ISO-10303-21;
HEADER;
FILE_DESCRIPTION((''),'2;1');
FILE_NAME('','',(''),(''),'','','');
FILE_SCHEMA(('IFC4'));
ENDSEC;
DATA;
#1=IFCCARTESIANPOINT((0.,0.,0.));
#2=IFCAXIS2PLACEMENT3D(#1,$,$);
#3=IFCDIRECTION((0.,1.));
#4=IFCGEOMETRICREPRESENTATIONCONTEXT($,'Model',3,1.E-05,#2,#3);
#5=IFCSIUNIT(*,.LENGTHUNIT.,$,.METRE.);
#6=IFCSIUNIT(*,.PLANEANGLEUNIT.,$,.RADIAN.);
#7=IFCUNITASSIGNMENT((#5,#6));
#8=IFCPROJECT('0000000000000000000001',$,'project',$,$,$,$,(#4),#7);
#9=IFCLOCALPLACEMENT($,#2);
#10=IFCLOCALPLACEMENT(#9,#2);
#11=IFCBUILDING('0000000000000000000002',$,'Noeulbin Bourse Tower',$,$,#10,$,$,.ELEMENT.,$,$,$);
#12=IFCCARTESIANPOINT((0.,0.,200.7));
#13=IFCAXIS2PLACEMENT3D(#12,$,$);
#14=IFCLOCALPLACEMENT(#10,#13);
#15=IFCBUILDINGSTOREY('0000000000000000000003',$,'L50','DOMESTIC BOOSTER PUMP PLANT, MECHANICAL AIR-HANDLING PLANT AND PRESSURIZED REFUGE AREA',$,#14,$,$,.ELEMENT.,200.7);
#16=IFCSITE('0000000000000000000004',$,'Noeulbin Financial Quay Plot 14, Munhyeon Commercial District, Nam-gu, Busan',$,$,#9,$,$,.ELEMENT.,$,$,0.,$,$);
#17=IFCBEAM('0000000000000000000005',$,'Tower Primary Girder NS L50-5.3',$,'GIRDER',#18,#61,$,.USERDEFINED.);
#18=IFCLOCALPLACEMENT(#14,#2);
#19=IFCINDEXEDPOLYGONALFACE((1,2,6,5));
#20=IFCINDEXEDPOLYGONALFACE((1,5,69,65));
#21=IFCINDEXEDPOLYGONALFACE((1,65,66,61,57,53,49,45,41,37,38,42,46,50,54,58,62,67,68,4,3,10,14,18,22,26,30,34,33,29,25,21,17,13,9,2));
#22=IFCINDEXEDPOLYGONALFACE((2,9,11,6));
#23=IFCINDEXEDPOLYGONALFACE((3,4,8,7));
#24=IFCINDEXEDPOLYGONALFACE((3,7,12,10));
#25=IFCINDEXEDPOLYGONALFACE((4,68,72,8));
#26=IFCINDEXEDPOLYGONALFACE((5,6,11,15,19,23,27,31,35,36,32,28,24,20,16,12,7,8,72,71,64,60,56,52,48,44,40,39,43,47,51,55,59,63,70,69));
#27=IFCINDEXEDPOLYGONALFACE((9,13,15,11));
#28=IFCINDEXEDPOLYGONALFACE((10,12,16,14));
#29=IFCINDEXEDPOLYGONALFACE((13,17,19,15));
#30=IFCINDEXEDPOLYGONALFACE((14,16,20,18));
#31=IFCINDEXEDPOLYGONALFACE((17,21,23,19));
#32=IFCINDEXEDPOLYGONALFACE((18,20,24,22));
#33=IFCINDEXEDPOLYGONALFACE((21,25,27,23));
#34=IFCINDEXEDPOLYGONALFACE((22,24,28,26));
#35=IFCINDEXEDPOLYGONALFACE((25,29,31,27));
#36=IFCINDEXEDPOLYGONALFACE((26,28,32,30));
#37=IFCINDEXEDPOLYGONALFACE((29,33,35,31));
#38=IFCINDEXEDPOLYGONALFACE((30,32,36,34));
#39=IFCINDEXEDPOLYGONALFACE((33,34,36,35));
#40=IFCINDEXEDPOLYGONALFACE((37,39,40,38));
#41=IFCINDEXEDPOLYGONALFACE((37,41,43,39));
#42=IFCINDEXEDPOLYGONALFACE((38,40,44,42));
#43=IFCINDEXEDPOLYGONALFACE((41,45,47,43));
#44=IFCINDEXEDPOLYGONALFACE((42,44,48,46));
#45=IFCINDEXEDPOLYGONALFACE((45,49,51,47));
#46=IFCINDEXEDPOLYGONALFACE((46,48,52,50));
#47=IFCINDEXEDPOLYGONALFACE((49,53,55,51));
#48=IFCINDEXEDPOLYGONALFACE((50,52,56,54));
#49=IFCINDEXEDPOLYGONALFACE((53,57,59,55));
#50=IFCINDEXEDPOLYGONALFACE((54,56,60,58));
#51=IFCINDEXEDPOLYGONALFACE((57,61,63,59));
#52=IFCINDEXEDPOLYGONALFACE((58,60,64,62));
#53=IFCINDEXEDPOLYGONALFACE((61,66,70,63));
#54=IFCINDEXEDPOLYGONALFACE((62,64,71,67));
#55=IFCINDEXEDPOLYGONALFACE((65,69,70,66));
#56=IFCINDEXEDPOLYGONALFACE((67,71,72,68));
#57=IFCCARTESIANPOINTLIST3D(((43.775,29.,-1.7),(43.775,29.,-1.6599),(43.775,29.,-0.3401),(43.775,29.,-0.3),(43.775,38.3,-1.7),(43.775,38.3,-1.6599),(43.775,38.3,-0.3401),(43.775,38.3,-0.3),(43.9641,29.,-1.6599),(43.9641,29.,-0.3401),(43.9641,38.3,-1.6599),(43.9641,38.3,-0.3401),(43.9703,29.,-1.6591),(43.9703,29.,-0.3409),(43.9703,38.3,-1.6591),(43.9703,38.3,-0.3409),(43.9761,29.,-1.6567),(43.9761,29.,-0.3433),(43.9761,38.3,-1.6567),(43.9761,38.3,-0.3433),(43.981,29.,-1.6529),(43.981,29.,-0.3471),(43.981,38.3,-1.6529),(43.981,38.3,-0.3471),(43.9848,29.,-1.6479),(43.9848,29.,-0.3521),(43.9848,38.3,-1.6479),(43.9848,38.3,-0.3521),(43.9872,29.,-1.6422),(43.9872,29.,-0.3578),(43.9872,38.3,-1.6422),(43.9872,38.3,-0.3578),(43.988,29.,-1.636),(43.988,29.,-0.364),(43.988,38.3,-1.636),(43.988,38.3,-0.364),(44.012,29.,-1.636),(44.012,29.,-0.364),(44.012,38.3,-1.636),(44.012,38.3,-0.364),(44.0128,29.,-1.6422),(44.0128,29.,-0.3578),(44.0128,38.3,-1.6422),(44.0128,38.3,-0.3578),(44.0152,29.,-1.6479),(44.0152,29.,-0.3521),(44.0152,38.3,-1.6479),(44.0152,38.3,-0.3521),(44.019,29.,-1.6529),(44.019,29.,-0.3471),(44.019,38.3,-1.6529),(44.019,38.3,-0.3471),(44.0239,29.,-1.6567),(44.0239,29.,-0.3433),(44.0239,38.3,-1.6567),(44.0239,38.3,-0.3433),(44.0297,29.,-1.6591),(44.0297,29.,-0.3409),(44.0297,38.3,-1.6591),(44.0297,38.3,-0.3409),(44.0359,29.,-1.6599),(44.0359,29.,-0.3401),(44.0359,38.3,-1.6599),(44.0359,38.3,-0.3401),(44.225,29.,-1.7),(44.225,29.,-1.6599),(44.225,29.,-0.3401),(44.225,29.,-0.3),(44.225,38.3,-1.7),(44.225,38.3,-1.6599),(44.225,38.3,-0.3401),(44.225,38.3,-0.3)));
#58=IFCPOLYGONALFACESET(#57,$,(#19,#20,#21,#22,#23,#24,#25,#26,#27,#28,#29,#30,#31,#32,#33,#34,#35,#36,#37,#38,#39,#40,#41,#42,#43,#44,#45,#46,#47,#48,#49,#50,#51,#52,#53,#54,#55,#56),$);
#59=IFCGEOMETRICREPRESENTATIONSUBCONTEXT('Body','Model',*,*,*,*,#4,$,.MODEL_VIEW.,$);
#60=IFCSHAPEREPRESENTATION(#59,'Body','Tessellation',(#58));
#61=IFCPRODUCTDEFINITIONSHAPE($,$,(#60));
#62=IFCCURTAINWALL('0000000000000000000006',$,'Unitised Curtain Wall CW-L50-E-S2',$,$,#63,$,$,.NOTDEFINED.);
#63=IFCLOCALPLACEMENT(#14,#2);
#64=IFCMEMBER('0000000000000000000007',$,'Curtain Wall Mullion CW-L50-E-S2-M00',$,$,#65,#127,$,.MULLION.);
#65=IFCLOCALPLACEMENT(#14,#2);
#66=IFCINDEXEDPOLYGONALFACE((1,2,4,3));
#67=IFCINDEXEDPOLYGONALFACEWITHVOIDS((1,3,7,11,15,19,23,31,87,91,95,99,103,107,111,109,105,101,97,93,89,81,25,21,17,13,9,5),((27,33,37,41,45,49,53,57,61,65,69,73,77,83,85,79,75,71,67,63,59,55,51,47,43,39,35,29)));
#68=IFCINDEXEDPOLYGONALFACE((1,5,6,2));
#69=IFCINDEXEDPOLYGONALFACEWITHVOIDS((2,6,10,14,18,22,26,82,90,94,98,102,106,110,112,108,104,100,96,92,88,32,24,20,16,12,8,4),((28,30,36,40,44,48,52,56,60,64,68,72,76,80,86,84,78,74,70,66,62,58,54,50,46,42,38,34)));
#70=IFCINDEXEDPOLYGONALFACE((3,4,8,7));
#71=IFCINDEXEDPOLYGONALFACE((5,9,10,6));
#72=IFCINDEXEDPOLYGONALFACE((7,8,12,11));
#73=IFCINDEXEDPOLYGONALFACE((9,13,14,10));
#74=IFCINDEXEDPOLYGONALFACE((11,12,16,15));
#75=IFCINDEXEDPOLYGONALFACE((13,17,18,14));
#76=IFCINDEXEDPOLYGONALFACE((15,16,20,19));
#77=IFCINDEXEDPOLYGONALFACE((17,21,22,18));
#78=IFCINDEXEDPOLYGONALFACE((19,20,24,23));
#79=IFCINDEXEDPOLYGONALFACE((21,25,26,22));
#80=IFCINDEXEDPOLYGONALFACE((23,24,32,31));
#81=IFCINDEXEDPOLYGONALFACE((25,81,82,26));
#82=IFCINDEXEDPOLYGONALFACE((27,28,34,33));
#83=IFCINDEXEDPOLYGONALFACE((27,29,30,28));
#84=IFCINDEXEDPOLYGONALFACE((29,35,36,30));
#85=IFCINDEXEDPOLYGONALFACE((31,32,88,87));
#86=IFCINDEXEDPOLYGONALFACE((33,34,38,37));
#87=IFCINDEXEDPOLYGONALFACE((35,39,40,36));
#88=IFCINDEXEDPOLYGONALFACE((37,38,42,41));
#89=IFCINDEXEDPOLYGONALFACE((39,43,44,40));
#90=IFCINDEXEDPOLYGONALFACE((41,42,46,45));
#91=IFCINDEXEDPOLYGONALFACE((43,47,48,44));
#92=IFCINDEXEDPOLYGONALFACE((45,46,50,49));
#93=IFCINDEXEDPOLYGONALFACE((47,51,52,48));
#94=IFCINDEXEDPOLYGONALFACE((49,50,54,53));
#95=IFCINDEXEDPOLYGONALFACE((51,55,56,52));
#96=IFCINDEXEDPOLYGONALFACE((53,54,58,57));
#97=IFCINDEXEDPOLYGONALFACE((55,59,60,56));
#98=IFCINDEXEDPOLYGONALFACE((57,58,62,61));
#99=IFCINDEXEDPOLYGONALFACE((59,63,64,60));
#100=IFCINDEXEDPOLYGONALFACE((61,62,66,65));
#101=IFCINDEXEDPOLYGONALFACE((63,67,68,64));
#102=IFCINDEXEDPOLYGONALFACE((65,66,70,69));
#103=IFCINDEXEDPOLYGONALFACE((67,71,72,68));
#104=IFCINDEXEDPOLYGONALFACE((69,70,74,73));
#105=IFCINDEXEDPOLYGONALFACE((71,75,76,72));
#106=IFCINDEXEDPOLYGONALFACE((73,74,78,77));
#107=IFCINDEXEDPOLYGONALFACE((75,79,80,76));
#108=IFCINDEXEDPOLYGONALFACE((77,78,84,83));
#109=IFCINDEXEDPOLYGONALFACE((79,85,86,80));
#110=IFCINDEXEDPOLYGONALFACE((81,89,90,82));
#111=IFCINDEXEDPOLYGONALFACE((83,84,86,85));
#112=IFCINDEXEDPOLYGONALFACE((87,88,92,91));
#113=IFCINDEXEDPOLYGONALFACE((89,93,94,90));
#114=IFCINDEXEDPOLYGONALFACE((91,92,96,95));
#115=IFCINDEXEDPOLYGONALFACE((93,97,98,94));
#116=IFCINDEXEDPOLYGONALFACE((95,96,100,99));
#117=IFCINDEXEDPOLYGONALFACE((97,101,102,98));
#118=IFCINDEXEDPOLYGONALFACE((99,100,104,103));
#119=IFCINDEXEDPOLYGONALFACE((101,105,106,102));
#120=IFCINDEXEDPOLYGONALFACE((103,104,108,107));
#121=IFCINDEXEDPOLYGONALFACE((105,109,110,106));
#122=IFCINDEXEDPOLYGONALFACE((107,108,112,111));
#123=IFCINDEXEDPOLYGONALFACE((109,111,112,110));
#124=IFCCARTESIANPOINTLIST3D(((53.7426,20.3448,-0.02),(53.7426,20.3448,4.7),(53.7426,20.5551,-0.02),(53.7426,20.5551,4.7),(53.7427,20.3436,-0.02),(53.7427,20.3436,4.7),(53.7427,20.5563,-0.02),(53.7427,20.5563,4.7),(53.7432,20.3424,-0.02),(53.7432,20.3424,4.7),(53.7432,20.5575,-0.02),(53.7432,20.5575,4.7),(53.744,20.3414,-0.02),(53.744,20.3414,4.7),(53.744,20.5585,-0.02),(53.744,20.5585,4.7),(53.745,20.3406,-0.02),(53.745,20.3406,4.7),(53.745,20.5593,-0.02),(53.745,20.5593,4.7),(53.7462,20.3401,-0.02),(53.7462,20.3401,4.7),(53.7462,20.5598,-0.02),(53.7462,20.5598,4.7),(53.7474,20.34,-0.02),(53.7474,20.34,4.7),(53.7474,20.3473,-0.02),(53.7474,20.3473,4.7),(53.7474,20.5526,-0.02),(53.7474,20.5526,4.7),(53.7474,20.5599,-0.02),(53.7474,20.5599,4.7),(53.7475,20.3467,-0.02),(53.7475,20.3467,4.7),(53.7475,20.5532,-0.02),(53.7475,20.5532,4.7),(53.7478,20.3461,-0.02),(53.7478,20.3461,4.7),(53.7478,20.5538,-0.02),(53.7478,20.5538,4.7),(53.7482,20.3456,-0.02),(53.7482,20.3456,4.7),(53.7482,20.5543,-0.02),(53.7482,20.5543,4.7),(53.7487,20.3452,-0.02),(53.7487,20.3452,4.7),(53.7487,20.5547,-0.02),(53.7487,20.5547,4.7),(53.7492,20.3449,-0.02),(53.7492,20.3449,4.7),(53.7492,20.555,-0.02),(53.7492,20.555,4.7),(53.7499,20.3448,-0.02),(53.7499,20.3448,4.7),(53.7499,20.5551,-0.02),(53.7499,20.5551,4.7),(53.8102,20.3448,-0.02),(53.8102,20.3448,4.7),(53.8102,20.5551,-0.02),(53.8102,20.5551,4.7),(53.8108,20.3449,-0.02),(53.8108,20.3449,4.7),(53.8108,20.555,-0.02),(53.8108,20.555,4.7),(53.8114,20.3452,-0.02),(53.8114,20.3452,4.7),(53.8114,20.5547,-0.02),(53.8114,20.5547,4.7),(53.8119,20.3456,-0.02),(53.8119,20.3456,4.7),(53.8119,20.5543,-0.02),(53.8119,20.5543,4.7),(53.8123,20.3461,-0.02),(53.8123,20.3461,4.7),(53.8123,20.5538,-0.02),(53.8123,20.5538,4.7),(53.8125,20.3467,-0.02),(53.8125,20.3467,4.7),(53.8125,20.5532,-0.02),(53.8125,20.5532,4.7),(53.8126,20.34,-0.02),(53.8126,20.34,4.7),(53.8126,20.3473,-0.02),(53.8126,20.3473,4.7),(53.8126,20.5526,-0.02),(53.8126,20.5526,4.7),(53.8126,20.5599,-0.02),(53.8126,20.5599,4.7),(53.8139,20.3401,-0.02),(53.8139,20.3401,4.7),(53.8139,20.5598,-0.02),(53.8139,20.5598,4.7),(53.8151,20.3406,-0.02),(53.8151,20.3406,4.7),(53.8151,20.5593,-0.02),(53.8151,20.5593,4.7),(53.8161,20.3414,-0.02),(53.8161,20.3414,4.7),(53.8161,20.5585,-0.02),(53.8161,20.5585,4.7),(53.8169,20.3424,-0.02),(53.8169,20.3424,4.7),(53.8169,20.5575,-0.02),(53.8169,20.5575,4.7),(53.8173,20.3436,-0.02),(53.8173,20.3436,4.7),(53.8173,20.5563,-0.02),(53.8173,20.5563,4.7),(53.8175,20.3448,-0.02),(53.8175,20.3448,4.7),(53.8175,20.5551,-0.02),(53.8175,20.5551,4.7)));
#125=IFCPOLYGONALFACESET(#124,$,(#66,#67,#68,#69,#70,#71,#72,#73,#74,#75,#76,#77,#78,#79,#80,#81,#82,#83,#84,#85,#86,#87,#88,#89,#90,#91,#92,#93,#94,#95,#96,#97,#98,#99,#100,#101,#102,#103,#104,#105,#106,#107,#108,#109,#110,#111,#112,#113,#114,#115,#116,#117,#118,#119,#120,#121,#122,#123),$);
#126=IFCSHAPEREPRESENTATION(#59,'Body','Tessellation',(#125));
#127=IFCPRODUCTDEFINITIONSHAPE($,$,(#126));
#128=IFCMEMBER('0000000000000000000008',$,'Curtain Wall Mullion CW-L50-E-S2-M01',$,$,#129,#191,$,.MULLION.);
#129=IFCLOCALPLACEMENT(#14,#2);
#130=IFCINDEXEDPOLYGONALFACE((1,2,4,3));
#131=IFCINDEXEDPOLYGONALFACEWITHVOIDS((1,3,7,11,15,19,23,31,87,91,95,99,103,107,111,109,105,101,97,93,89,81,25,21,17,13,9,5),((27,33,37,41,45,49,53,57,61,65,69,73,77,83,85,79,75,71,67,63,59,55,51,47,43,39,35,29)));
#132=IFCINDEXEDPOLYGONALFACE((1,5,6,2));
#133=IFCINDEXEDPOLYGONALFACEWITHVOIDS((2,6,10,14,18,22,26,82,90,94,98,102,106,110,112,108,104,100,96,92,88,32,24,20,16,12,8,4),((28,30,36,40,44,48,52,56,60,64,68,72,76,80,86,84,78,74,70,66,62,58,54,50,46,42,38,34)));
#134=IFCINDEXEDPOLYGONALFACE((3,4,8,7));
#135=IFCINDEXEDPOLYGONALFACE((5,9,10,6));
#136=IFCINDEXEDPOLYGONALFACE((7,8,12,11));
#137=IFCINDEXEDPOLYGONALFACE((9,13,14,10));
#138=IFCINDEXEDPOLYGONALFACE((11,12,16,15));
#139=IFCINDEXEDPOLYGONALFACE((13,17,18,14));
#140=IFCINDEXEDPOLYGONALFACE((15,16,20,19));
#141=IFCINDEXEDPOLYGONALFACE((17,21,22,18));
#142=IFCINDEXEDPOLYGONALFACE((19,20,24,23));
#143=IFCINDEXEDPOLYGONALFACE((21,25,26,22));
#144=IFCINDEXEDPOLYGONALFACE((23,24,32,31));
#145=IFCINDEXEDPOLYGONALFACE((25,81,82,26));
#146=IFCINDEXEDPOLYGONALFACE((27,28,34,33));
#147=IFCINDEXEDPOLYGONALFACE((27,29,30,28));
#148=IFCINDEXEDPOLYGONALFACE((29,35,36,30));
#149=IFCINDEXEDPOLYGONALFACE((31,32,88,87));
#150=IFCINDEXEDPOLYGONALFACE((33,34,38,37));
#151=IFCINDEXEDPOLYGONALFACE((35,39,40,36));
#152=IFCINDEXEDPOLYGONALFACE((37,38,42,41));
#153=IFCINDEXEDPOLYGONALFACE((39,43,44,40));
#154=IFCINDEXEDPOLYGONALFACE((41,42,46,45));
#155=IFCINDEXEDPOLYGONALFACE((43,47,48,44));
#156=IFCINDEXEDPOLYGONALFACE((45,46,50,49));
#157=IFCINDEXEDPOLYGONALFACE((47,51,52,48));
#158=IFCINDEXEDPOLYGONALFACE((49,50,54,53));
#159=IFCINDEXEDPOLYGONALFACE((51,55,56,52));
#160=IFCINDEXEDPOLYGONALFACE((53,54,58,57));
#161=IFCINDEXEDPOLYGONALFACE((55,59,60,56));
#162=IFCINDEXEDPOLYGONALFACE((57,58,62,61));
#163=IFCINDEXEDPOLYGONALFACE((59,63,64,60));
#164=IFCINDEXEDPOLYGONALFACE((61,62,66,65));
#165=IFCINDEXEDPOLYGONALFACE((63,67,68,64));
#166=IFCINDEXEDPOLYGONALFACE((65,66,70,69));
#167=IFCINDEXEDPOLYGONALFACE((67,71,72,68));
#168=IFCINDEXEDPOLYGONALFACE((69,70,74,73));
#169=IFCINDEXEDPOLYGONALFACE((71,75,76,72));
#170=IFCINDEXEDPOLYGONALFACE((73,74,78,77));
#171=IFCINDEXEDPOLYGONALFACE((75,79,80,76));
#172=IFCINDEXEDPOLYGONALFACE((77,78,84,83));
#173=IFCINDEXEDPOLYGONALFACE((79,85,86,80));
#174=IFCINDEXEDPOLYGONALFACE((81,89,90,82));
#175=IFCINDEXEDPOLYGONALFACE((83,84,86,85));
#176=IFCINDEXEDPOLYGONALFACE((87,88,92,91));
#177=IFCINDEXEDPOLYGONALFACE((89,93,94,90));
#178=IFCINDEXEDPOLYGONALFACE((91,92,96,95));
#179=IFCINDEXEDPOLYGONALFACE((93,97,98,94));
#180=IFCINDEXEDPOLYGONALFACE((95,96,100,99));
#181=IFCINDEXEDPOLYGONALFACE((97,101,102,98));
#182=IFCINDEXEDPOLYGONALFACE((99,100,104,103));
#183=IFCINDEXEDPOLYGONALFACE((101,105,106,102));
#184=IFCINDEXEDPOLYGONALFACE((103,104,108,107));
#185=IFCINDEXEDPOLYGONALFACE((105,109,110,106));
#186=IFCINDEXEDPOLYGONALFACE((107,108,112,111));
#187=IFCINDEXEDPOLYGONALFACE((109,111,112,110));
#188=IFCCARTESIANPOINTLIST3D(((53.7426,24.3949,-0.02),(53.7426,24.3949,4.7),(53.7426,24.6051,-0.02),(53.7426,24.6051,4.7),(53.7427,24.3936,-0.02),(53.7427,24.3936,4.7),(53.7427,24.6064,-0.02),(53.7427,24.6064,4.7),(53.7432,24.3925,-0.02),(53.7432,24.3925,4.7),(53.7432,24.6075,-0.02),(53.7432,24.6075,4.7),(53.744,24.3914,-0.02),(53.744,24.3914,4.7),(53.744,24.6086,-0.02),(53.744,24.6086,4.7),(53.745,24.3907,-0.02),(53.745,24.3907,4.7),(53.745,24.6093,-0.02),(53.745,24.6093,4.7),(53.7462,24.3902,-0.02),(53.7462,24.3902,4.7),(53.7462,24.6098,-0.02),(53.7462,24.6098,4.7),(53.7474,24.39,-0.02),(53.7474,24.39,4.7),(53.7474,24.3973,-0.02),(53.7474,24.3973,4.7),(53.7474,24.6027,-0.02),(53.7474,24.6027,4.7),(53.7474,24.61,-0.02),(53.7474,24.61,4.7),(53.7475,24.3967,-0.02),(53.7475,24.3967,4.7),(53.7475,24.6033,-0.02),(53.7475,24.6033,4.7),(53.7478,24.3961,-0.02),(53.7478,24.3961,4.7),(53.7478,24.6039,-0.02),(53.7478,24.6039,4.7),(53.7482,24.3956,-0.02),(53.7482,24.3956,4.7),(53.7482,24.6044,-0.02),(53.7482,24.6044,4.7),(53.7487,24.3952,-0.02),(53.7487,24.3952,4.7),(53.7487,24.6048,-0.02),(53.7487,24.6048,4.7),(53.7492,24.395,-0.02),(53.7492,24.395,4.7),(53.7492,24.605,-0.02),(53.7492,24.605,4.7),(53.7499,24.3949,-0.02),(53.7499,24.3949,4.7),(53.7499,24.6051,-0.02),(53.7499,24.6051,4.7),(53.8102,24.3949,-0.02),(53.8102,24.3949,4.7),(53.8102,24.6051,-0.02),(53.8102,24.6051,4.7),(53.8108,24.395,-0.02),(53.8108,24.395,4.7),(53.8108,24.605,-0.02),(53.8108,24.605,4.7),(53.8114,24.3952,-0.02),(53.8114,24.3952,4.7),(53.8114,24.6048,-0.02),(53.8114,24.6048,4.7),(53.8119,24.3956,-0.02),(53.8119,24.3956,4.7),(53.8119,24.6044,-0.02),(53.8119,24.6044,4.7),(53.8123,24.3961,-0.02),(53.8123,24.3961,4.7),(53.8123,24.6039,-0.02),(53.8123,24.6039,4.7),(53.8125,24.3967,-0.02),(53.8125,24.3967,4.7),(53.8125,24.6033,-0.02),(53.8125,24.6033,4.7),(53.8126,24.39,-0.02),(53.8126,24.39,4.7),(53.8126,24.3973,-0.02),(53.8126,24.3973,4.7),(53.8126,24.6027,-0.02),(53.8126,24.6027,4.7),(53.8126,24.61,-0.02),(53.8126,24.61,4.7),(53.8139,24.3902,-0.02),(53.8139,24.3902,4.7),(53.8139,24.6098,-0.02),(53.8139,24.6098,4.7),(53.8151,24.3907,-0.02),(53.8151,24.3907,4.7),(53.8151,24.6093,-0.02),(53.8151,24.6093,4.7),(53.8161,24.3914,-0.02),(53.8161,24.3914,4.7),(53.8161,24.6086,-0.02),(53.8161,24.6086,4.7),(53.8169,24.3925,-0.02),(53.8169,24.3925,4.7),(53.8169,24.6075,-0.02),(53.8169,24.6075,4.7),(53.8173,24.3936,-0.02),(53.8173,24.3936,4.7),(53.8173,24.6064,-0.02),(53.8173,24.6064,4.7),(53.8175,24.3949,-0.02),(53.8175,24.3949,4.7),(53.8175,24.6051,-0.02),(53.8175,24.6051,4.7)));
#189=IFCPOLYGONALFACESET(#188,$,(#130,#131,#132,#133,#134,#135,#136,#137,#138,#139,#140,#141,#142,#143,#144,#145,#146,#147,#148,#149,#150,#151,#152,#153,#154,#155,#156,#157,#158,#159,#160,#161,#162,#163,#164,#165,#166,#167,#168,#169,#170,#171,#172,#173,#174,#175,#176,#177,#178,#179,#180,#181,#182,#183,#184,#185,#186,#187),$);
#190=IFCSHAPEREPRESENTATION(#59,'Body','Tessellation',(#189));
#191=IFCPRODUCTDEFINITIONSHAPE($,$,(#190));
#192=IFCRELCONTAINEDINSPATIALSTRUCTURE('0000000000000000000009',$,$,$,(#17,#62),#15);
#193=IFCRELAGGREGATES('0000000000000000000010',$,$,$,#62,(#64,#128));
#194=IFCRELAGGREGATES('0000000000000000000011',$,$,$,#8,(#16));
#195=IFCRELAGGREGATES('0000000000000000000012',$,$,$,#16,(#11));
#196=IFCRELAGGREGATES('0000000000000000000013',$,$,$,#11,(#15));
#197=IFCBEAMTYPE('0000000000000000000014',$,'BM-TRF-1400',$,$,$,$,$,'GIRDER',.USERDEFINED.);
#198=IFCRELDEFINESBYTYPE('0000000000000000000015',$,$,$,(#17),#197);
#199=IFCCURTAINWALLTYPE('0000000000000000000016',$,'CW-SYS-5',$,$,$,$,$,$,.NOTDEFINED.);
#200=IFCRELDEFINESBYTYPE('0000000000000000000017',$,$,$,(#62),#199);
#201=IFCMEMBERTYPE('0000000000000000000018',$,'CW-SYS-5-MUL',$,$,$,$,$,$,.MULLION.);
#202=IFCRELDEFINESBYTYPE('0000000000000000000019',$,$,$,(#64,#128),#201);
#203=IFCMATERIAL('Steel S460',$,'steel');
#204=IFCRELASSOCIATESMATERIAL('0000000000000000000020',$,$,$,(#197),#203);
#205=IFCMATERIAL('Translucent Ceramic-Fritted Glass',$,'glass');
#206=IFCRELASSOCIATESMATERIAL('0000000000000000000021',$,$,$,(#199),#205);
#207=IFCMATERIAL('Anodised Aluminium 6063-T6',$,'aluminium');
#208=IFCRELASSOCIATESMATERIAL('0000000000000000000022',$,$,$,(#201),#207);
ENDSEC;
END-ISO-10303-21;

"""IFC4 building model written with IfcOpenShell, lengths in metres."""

from ifc_helpers import new_model, si_unit, direction, frame, origin, origin_2d, place, context, subcontext, project, spatial, hollow_rectangle, i_section, extrude, material, material_profile, profile_set, type_object, element, aggregate, save


model = new_model("IFC4")

# Units and contexts
model_context = context("Model", 3, precision=1e-05, world=origin(), true_north=direction((0.0, 1.0)))
body_context = subcontext(model_context, "Body", "Model", "MODEL_VIEW")
ifc_project = project(units=[si_unit("LENGTHUNIT", "METRE"), si_unit("PLANEANGLEUNIT", "RADIAN")], contexts=[model_context])

# Site, building, storey
site_placement = place(None, origin())
site = spatial("IfcSite", under=ifc_project, at=site_placement, Name="Noeulbin Financial Quay Plot 14, Munhyeon Commercial District, Nam-gu, Busan", CompositionType="ELEMENT", RefElevation=0.0)
building_placement = place(site_placement, origin())
building = spatial("IfcBuilding", under=site, at=building_placement, Name="Noeulbin Bourse Tower", CompositionType="ELEMENT")
storey_placement = place(building_placement, frame((0.0, 0.0, 200.7)))
storey = spatial("IfcBuildingStorey", under=building, at=storey_placement, Name="L50", Description="DOMESTIC BOOSTER PUMP PLANT, MECHANICAL AIR-HANDLING PLANT AND PRESSURIZED REFUGE AREA", CompositionType="ELEMENT", Elevation=200.7)

# Shared definitions
ifc_material_1 = material(Name="Steel S460", Category="steel")

# Beam
ifc_material_profile_1 = material_profile(ifc_material_1, i_section(OverallWidth=0.45, OverallDepth=1.3999, WebThickness=0.0239, FlangeThickness=0.04, FilletRadius=0.0239, at=origin_2d()), Name="PG-1400x450x24x40", Category="LoadBearing")
ifc_profile_set_1 = profile_set([ifc_material_profile_1], Name="Steel S460")
beam_type_1 = type_object("IfcBeamType", Name="BM-TRF-1400", ElementType="GIRDER", PredefinedType="USERDEFINED", material=ifc_profile_set_1)
beam_1_placement = place(storey_placement, frame((44.0, 29.0, -1.0), z_axis=(0.0, 1.0, 0.0), x_axis=(-1.0, 0.0, 0.0)))
element("IfcBeam", 1, at=beam_1_placement, inside=storey, type_object=beam_type_1, Name="Tower Primary Girder NS L50-5.3", ObjectType="GIRDER", PredefinedType="USERDEFINED", context=body_context, shape_type="SweptSolid", body=[
    extrude(i_section(OverallWidth=0.45, OverallDepth=1.3999, WebThickness=0.0239, FlangeThickness=0.04, FilletRadius=0.0239, at=origin_2d()), origin(), (0.0, 0.0, 1.0), 9.3),
])

# Curtain wall, members
ifc_material_2 = material(Name="Translucent Ceramic-Fritted Glass", Category="glass")
curtain_wall_type = type_object("IfcCurtainWallType", Name="CW-SYS-5", PredefinedType="NOTDEFINED", material=ifc_material_2)
curtain_wall_1_placement = place(storey_placement, origin())
curtain_wall_1 = element("IfcCurtainWall", 2, at=curtain_wall_1_placement, inside=storey, type_object=curtain_wall_type, Name="Unitised Curtain Wall CW-L50-E-S2", PredefinedType="NOTDEFINED")
ifc_material_3 = material(Name="Anodised Aluminium 6063-T6", Category="aluminium")
ifc_material_profile_2 = material_profile(ifc_material_3, hollow_rectangle(XDim=0.075, YDim=0.22, WallThickness=0.0049, InnerFilletRadius=0.0024, OuterFilletRadius=0.0049, at=origin_2d()), Name="ALU-MULL-75x220x5", Category="LoadBearing")
ifc_profile_set_2 = profile_set([ifc_material_profile_2], Name="Anodised Aluminium 6063-T6")
member_type_1 = type_object("IfcMemberType", Name="CW-SYS-5-MUL", PredefinedType="MULLION", material=ifc_profile_set_2)
member_1_placement = place(storey_placement, frame((53.78, 20.45, -0.02), z_axis=(0.0, 0.0, 1.0), x_axis=(1.0, 0.0, 0.0)))
member_1 = element("IfcMember", 3, at=member_1_placement, type_object=member_type_1, Name="Curtain Wall Mullion CW-L50-E-S2-M00", PredefinedType="MULLION", context=body_context, shape_type="SweptSolid", body=[
    extrude(hollow_rectangle(XDim=0.075, YDim=0.22, WallThickness=0.0049, InnerFilletRadius=0.0024, OuterFilletRadius=0.0049, at=origin_2d()), origin(), (0.0, 0.0, 1.0), 4.72),
])
member_2_placement = place(storey_placement, frame((53.78, 24.5, -0.02), z_axis=(0.0, 0.0, 1.0), x_axis=(1.0, 0.0, 0.0)))
member_2 = element("IfcMember", 4, at=member_2_placement, type_object=member_type_1, Name="Curtain Wall Mullion CW-L50-E-S2-M01", PredefinedType="MULLION", context=body_context, shape_type="SweptSolid", body=[
    extrude(hollow_rectangle(XDim=0.075, YDim=0.22, WallThickness=0.0049, InnerFilletRadius=0.0024, OuterFilletRadius=0.0049, at=origin_2d()), origin(), (0.0, 0.0, 1.0), 4.72),
])

aggregate(curtain_wall_1, [member_1, member_2])

save(model, "model.ifc")
